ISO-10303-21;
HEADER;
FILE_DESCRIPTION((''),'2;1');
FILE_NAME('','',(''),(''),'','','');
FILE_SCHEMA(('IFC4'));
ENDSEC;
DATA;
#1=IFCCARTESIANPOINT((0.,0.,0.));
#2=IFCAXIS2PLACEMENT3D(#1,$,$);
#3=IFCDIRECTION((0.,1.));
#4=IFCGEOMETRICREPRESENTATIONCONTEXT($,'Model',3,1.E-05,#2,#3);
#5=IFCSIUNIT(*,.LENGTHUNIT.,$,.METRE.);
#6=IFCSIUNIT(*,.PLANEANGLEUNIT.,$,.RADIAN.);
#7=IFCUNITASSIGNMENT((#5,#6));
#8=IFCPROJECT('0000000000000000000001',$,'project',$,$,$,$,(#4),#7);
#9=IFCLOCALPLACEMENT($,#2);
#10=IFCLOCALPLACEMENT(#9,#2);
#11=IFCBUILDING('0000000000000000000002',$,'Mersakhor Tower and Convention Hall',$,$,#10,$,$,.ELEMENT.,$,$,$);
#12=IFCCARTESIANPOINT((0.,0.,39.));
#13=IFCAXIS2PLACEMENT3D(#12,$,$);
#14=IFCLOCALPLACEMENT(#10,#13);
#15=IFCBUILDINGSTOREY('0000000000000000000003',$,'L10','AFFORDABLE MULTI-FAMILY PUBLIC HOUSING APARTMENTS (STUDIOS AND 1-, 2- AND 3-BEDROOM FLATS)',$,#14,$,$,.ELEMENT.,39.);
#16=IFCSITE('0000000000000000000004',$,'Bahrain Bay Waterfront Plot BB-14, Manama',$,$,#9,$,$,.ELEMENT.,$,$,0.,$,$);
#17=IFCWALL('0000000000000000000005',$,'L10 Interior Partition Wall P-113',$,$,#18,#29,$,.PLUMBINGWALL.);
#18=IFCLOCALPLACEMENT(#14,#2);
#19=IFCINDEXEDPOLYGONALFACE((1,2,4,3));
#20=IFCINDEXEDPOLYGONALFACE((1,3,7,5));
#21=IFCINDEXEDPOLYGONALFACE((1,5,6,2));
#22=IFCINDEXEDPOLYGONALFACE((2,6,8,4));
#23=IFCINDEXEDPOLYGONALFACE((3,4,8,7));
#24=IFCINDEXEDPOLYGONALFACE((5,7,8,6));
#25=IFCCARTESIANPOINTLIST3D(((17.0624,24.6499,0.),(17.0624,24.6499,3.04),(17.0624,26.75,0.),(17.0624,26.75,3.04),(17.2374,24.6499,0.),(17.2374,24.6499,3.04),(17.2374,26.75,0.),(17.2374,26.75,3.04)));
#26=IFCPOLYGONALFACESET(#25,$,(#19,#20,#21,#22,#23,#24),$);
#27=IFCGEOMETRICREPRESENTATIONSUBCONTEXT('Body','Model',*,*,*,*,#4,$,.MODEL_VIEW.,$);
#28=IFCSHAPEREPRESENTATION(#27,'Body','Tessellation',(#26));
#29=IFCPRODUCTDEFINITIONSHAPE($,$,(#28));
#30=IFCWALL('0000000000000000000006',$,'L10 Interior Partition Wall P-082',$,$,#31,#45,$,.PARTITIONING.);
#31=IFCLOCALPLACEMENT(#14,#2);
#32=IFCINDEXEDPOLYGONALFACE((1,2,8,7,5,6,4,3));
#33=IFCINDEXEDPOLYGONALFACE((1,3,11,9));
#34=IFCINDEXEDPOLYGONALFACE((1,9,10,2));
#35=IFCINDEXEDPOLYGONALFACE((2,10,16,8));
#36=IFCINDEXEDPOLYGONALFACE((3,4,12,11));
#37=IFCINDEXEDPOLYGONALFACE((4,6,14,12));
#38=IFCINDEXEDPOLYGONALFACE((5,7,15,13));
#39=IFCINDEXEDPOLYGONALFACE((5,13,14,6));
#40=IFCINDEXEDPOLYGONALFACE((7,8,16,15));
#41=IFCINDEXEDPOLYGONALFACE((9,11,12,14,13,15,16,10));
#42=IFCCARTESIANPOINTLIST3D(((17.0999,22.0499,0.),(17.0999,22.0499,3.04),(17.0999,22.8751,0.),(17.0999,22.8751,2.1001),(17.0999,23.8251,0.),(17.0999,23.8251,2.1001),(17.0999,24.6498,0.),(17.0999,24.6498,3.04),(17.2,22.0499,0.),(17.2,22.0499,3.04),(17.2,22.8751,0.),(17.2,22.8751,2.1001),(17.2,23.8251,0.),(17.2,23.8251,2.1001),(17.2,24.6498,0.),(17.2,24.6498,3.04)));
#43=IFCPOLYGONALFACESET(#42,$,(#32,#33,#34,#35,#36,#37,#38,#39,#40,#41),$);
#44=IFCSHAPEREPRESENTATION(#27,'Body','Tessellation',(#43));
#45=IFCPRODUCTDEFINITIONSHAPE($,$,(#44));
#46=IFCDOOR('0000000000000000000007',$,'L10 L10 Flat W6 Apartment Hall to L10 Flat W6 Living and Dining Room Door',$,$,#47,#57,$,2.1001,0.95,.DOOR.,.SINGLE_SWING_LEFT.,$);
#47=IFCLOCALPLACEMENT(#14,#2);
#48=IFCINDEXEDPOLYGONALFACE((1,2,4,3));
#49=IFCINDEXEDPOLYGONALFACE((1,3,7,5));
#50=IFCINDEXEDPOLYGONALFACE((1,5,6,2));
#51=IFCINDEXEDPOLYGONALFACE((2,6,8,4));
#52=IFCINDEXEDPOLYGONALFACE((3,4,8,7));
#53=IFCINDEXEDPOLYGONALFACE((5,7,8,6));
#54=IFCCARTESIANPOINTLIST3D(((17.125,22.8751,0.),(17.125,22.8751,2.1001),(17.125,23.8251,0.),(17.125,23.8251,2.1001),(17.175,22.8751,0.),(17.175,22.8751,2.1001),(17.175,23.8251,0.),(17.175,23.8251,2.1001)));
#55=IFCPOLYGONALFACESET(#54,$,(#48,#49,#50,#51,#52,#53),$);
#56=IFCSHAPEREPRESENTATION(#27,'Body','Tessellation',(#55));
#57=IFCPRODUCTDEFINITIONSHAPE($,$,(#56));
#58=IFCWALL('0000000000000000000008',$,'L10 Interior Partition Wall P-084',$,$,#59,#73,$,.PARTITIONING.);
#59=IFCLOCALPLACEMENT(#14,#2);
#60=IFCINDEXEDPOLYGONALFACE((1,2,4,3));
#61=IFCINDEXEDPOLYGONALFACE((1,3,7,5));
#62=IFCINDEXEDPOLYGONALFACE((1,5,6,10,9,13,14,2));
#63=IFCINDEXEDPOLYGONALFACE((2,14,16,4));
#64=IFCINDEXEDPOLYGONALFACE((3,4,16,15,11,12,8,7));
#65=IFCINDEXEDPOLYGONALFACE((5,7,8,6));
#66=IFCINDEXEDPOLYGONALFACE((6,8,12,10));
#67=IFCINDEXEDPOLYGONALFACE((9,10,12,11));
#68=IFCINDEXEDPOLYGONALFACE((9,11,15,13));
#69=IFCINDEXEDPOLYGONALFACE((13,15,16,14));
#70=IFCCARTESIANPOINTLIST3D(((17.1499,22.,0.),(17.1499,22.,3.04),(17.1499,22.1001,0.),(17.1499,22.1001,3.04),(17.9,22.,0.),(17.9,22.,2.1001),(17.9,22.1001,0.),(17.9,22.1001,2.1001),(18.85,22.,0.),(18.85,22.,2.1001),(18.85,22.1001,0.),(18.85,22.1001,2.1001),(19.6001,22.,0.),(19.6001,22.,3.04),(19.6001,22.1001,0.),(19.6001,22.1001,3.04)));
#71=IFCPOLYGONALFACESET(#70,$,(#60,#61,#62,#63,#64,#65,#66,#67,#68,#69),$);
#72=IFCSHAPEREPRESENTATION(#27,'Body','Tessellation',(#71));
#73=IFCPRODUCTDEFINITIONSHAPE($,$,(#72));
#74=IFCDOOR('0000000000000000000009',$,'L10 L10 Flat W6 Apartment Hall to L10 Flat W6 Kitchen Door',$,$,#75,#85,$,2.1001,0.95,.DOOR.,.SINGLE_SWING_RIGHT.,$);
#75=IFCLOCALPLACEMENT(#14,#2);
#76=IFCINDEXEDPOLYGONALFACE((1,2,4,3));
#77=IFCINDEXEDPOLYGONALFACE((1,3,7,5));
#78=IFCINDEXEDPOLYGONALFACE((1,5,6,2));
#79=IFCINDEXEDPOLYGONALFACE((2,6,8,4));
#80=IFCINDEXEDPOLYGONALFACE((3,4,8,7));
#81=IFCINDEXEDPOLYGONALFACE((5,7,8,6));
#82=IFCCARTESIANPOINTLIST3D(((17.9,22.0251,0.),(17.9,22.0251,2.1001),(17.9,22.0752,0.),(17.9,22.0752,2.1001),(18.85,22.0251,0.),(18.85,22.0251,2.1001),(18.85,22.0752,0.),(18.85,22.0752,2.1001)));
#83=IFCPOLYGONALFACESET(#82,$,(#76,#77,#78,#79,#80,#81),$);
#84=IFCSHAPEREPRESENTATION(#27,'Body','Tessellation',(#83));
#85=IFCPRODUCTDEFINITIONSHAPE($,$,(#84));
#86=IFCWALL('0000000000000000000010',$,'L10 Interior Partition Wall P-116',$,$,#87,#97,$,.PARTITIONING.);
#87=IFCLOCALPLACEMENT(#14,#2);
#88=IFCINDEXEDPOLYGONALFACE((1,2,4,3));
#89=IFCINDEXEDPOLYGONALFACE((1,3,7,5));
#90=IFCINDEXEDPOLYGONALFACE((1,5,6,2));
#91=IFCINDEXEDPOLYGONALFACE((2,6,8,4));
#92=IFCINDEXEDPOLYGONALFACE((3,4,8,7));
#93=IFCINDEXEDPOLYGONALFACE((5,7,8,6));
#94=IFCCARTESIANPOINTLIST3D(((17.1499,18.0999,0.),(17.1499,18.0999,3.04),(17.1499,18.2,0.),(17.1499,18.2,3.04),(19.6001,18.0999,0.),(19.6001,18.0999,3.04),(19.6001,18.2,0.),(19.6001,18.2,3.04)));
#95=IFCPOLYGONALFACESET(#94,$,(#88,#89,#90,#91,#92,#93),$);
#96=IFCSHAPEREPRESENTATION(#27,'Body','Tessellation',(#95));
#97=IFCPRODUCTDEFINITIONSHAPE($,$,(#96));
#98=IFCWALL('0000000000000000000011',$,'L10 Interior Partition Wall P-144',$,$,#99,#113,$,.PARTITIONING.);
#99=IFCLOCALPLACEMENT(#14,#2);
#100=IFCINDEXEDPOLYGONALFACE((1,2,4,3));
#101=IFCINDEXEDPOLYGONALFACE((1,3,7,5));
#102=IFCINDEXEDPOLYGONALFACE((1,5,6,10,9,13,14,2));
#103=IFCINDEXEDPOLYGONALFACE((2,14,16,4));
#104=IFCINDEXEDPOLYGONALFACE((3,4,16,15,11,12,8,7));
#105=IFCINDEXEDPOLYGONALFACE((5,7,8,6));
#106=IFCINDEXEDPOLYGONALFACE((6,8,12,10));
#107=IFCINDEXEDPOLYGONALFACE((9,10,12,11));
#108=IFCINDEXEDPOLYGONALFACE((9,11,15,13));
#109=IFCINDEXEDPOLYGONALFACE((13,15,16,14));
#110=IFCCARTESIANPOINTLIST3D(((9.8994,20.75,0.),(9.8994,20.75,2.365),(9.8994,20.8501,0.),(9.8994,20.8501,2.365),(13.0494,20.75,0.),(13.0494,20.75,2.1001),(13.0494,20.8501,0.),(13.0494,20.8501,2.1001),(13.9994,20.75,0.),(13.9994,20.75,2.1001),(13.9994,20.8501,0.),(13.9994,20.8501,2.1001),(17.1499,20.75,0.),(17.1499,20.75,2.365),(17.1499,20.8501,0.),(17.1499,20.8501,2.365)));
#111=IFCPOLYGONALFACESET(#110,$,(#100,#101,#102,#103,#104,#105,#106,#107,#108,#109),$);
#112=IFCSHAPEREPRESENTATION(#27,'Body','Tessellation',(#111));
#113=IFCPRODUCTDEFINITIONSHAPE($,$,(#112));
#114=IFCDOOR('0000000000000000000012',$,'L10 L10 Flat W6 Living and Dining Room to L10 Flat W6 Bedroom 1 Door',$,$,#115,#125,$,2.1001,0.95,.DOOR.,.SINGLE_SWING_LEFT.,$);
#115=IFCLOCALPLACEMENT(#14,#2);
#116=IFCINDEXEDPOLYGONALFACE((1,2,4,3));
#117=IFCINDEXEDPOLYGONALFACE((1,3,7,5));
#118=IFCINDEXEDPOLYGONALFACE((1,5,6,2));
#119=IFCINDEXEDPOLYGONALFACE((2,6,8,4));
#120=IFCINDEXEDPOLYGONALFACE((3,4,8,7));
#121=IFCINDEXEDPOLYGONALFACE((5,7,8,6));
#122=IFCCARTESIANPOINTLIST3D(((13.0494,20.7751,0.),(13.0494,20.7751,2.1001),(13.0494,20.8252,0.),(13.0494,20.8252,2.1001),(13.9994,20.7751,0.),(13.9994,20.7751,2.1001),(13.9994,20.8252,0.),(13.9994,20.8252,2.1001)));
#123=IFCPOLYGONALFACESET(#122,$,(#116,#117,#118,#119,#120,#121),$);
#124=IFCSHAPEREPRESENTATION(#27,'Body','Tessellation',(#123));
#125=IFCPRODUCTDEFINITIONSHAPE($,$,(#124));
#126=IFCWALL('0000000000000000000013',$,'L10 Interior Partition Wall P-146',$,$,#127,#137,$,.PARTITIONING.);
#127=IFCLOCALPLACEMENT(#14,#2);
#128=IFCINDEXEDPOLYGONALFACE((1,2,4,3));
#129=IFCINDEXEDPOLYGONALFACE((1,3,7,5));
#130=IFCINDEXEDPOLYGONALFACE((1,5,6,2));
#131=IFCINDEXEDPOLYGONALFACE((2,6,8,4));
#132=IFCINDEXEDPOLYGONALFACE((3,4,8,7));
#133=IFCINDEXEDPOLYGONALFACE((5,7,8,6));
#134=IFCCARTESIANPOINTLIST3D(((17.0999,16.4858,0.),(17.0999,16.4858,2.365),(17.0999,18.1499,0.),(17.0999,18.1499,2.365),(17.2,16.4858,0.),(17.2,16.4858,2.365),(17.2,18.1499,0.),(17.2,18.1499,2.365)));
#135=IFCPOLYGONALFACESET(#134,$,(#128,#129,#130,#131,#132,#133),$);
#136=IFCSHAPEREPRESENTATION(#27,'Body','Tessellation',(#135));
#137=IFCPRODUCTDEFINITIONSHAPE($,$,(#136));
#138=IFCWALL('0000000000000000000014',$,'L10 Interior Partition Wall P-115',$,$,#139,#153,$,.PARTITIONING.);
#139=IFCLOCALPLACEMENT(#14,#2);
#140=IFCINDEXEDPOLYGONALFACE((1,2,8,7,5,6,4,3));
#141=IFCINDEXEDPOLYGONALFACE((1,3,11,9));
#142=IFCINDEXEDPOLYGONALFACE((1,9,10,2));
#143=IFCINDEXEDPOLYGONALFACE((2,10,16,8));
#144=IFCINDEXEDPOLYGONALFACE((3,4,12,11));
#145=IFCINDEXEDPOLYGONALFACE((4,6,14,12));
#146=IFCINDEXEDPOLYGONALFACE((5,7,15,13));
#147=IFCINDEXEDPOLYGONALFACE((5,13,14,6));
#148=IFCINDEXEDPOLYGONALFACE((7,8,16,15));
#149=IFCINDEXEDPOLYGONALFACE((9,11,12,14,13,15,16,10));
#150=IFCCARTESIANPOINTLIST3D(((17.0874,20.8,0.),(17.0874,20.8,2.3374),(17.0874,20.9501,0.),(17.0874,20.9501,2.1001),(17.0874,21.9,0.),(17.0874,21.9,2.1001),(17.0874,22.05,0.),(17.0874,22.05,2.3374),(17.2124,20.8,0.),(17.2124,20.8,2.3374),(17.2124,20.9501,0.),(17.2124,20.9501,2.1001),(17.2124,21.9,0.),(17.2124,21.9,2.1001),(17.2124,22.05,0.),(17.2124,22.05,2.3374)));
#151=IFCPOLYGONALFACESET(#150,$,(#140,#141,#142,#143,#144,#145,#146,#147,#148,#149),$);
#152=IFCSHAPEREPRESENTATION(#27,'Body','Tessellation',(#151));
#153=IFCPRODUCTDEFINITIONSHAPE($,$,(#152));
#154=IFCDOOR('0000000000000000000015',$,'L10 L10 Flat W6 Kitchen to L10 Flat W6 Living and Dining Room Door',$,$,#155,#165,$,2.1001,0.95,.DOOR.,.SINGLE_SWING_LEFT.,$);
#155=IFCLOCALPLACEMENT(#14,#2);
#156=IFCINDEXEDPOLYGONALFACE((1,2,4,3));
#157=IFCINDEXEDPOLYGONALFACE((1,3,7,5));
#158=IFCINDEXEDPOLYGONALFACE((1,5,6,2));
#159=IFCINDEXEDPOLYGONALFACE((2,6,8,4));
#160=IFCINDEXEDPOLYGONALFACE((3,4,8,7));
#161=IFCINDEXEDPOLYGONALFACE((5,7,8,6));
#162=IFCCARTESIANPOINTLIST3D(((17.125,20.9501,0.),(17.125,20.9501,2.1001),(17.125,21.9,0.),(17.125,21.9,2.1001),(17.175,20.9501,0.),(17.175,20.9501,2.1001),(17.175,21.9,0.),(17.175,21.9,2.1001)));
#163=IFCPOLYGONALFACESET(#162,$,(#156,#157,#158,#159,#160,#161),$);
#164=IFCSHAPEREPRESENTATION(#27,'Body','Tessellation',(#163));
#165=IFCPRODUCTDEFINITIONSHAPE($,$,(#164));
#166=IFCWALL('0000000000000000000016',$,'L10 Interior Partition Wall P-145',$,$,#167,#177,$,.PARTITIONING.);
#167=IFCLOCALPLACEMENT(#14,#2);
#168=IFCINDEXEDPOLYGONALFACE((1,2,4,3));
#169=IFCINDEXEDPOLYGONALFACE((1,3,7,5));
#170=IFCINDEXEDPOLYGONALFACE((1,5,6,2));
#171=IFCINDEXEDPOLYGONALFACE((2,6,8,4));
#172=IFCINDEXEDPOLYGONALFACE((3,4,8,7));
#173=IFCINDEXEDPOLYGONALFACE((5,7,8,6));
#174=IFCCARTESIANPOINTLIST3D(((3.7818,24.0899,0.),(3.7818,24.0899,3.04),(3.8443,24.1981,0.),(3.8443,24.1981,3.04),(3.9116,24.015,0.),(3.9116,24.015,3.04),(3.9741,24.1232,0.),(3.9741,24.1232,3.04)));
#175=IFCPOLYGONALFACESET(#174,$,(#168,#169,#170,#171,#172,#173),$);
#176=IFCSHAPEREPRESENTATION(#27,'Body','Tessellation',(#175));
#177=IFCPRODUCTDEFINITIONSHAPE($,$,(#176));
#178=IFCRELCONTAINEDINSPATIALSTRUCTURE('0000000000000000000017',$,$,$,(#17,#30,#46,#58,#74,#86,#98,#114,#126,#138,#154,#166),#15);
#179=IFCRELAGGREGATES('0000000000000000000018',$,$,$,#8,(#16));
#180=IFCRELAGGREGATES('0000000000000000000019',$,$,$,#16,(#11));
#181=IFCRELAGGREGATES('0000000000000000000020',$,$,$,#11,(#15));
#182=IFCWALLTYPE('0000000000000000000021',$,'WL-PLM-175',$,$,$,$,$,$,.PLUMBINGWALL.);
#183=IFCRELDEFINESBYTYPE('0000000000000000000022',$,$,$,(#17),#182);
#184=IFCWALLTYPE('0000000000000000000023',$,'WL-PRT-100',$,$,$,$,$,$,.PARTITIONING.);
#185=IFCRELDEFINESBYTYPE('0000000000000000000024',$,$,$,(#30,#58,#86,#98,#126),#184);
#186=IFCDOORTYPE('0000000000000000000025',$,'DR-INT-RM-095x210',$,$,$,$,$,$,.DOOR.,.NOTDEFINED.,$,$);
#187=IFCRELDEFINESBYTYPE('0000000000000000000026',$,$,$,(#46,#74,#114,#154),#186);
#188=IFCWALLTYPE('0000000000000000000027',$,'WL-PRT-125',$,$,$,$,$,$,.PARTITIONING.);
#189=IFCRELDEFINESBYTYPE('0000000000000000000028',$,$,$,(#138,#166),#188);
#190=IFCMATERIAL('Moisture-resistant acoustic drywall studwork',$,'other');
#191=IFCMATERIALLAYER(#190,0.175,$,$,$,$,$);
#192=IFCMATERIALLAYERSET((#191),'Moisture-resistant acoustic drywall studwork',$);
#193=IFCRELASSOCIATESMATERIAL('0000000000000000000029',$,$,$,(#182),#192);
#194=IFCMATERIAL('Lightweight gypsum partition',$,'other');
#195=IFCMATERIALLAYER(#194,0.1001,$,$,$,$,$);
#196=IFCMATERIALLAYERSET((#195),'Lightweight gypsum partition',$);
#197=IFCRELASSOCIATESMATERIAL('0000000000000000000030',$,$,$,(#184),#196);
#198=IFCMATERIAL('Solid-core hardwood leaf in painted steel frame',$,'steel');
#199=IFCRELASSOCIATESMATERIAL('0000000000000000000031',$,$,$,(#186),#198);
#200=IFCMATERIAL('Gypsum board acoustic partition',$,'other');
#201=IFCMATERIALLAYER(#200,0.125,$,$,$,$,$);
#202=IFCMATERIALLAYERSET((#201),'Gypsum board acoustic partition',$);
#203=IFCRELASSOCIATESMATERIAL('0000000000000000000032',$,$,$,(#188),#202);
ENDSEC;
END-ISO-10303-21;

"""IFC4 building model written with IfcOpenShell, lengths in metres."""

from ifc_helpers import new_model, si_unit, direction, frame, frame_2d, origin, place, context, subcontext, project, spatial, rectangle, extrude, material, layer, layer_set, type_object, element, fill, save


model = new_model("IFC4")

# Units and contexts
model_context = context("Model", 3, precision=1e-05, world=origin(), true_north=direction((0.0, 1.0)))
body_context = subcontext(model_context, "Body", "Model", "MODEL_VIEW")
ifc_project = project(units=[si_unit("LENGTHUNIT", "METRE"), si_unit("PLANEANGLEUNIT", "RADIAN")], contexts=[model_context])

# Site, building, storey
site_placement = place(None, origin())
site = spatial("IfcSite", under=ifc_project, at=site_placement, Name="Bahrain Bay Waterfront Plot BB-14, Manama", CompositionType="ELEMENT", RefElevation=0.0)
building_placement = place(site_placement, origin())
building = spatial("IfcBuilding", under=site, at=building_placement, Name="Mersakhor Tower and Convention Hall", CompositionType="ELEMENT")
storey_placement = place(building_placement, frame((0.0, 0.0, 39.0)))
storey = spatial("IfcBuildingStorey", under=building, at=storey_placement, Name="L10", Description="AFFORDABLE MULTI-FAMILY PUBLIC HOUSING APARTMENTS (STUDIOS AND 1-, 2- AND 3-BEDROOM FLATS)", CompositionType="ELEMENT", Elevation=39.0)

# Shared definitions
ifc_material_1 = material(Name="Moisture-resistant acoustic drywall studwork", Category="other")
ifc_layer_1 = layer(ifc_material_1, 0.175)
ifc_layer_set_1 = layer_set([ifc_layer_1], Name="Moisture-resistant acoustic drywall studwork")
wall_type_1 = type_object("IfcWallType", Name="WL-PLM-175", PredefinedType="PLUMBINGWALL", material=ifc_layer_set_1)

# Wall
wall_1_placement = place(storey_placement, frame((17.1499, 24.6499, 0.0), z_axis=(0.0, 0.0, 1.0), x_axis=(0.0, 1.0, 0.0)))
element("IfcWall", 1, at=wall_1_placement, inside=storey, type_object=wall_type_1, Name="L10 Interior Partition Wall P-113", PredefinedType="PLUMBINGWALL", context=body_context, shape_type="SweptSolid", body=[
    extrude(rectangle(XDim=2.1001, YDim=0.175, at=frame_2d((1.05, 0.0))), origin(), (0.0, 0.0, 1.0), 3.04),
])

# Walls, openings, doors
ifc_material_2 = material(Name="Lightweight gypsum partition", Category="other")
ifc_layer_2 = layer(ifc_material_2, 0.1001)
ifc_layer_set_2 = layer_set([ifc_layer_2], Name="Lightweight gypsum partition")
wall_type_2 = type_object("IfcWallType", Name="WL-PRT-100", PredefinedType="PARTITIONING", material=ifc_layer_set_2)
wall_2_placement = place(storey_placement, frame((17.1499, 22.05, 0.0), z_axis=(0.0, 0.0, 1.0), x_axis=(0.0, 1.0, 0.0)))
wall_2 = element("IfcWall", 2, at=wall_2_placement, inside=storey, type_object=wall_type_2, Name="L10 Interior Partition Wall P-082", PredefinedType="PARTITIONING", context=body_context, shape_type="SweptSolid", body=[
    extrude(rectangle(XDim=2.5999, YDim=0.1001, at=frame_2d((1.2998, 0.0))), origin(), (0.0, 0.0, 1.0), 3.04),
])
opening_1_placement = place(wall_2_placement, frame((0.825, 0.0, 0.0)))
opening_1 = element("IfcOpeningElement", 3, at=opening_1_placement, cuts=wall_2, PredefinedType="OPENING", context=body_context, shape_type="SweptSolid", body=[
    extrude(rectangle(XDim=0.95, YDim=2.1001, at=frame_2d((0.4751, 1.05))), frame((0.0, 0.0601, 0.0), z_axis=(0.0, -1.0, 0.0), x_axis=(1.0, 0.0, 0.0)), (0.0, 0.0, 1.0), 0.1201),
])
ifc_material_3 = material(Name="Solid-core hardwood leaf in painted steel frame", Category="steel")
door_type_1 = type_object("IfcDoorType", Name="DR-INT-RM-095x210", OperationType="NOTDEFINED", PredefinedType="DOOR", material=ifc_material_3)
door_1_placement = place(opening_1_placement, origin())
door_1 = element("IfcDoor", 4, at=door_1_placement, inside=storey, type_object=door_type_1, Name="L10 L10 Flat W6 Apartment Hall to L10 Flat W6 Living and Dining Room Door", OperationType="SINGLE_SWING_LEFT", OverallHeight=2.1001, OverallWidth=0.95, PredefinedType="DOOR", context=body_context, shape_type="SweptSolid", body=[
    extrude(rectangle(XDim=0.95, YDim=2.1001, at=frame_2d((0.4751, 1.05))), frame((0.0, 0.0249, 0.0), z_axis=(0.0, -1.0, 0.0), x_axis=(1.0, 0.0, 0.0)), (0.0, 0.0, 1.0), 0.05),
])
fill(opening_1, door_1)
wall_3_placement = place(storey_placement, frame((19.6001, 22.05, 0.0), z_axis=(0.0, 0.0, 1.0), x_axis=(-1.0, 0.0, 0.0)))
wall_3 = element("IfcWall", 5, at=wall_3_placement, inside=storey, type_object=wall_type_2, Name="L10 Interior Partition Wall P-084", PredefinedType="PARTITIONING", context=body_context, shape_type="SweptSolid", body=[
    extrude(rectangle(XDim=2.4502, YDim=0.1001, at=frame_2d((1.2251, 0.0))), origin(), (0.0, 0.0, 1.0), 3.04),
])
opening_2_placement = place(wall_3_placement, frame((0.75, 0.0, 0.0)))
opening_2 = element("IfcOpeningElement", 6, at=opening_2_placement, cuts=wall_3, PredefinedType="OPENING", context=body_context, shape_type="SweptSolid", body=[
    extrude(rectangle(XDim=0.95, YDim=2.1001, at=frame_2d((0.4751, 1.05))), frame((0.0, 0.0601, 0.0), z_axis=(0.0, -1.0, 0.0), x_axis=(1.0, 0.0, 0.0)), (0.0, 0.0, 1.0), 0.1201),
])
door_2_placement = place(opening_2_placement, origin())
door_2 = element("IfcDoor", 7, at=door_2_placement, inside=storey, type_object=door_type_1, Name="L10 L10 Flat W6 Apartment Hall to L10 Flat W6 Kitchen Door", OperationType="SINGLE_SWING_RIGHT", OverallHeight=2.1001, OverallWidth=0.95, PredefinedType="DOOR", context=body_context, shape_type="SweptSolid", body=[
    extrude(rectangle(XDim=0.95, YDim=2.1001, at=frame_2d((0.4751, 1.05))), frame((0.0, 0.0249, 0.0), z_axis=(0.0, -1.0, 0.0), x_axis=(1.0, 0.0, 0.0)), (0.0, 0.0, 1.0), 0.05),
])
fill(opening_2, door_2)

# Wall
wall_4_placement = place(storey_placement, frame((19.6001, 18.1499, 0.0), z_axis=(0.0, 0.0, 1.0), x_axis=(-1.0, 0.0, 0.0)))
element("IfcWall", 8, at=wall_4_placement, inside=storey, type_object=wall_type_2, Name="L10 Interior Partition Wall P-116", PredefinedType="PARTITIONING", context=body_context, shape_type="SweptSolid", body=[
    extrude(rectangle(XDim=2.4502, YDim=0.1001, at=frame_2d((1.2251, 0.0))), origin(), (0.0, 0.0, 1.0), 3.04),
])

# Wall, opening, door
wall_5_placement = place(storey_placement, frame((17.1499, 20.8, 0.0), z_axis=(0.0, 0.0, 1.0), x_axis=(-1.0, 0.0, 0.0)))
wall_5 = element("IfcWall", 9, at=wall_5_placement, inside=storey, type_object=wall_type_2, Name="L10 Interior Partition Wall P-144", PredefinedType="PARTITIONING", context=body_context, shape_type="SweptSolid", body=[
    extrude(rectangle(XDim=7.2505, YDim=0.1001, at=frame_2d((3.6252, 0.0))), origin(), (0.0, 0.0, 1.0), 2.365),
])
opening_3_placement = place(wall_5_placement, frame((3.1504, 0.0, 0.0)))
opening_3 = element("IfcOpeningElement", 10, at=opening_3_placement, cuts=wall_5, PredefinedType="OPENING", context=body_context, shape_type="SweptSolid", body=[
    extrude(rectangle(XDim=0.95, YDim=2.1001, at=frame_2d((0.4751, 1.05))), frame((0.0, 0.0601, 0.0), z_axis=(0.0, -1.0, 0.0), x_axis=(1.0, 0.0, 0.0)), (0.0, 0.0, 1.0), 0.1201),
])
door_3_placement = place(opening_3_placement, origin())
door_3 = element("IfcDoor", 11, at=door_3_placement, inside=storey, type_object=door_type_1, Name="L10 L10 Flat W6 Living and Dining Room to L10 Flat W6 Bedroom 1 Door", OperationType="SINGLE_SWING_LEFT", OverallHeight=2.1001, OverallWidth=0.95, PredefinedType="DOOR", context=body_context, shape_type="SweptSolid", body=[
    extrude(rectangle(XDim=0.95, YDim=2.1001, at=frame_2d((0.4751, 1.05))), frame((0.0, 0.0249, 0.0), z_axis=(0.0, -1.0, 0.0), x_axis=(1.0, 0.0, 0.0)), (0.0, 0.0, 1.0), 0.05),
])
fill(opening_3, door_3)

# Wall
wall_6_placement = place(storey_placement, frame((17.1499, 18.1499, 0.0), z_axis=(0.0, 0.0, 1.0), x_axis=(0.0, -1.0, 0.0)))
element("IfcWall", 12, at=wall_6_placement, inside=storey, type_object=wall_type_2, Name="L10 Interior Partition Wall P-146", PredefinedType="PARTITIONING", context=body_context, shape_type="SweptSolid", body=[
    extrude(rectangle(XDim=1.6641, YDim=0.1001, at=frame_2d((0.832, 0.0))), origin(), (0.0, 0.0, 1.0), 2.365),
])

# Wall, opening, door
ifc_material_4 = material(Name="Gypsum board acoustic partition", Category="other")
ifc_layer_3 = layer(ifc_material_4, 0.125)
ifc_layer_set_3 = layer_set([ifc_layer_3], Name="Gypsum board acoustic partition")
wall_type_3 = type_object("IfcWallType", Name="WL-PRT-125", PredefinedType="PARTITIONING", material=ifc_layer_set_3)
wall_7_placement = place(storey_placement, frame((17.1499, 20.8, 0.0), z_axis=(0.0, 0.0, 1.0), x_axis=(0.0, 1.0, 0.0)))
wall_7 = element("IfcWall", 13, at=wall_7_placement, inside=storey, type_object=wall_type_3, Name="L10 Interior Partition Wall P-115", PredefinedType="PARTITIONING", context=body_context, shape_type="SweptSolid", body=[
    extrude(rectangle(XDim=1.25, YDim=0.125, at=frame_2d((0.625, 0.0))), origin(), (0.0, 0.0, 1.0), 2.3374),
])
opening_4_placement = place(wall_7_placement, frame((0.1499, 0.0, 0.0)))
opening_4 = element("IfcOpeningElement", 14, at=opening_4_placement, cuts=wall_7, PredefinedType="OPENING", context=body_context, shape_type="SweptSolid", body=[
    extrude(rectangle(XDim=0.95, YDim=2.1001, at=frame_2d((0.4751, 1.05))), frame((0.0, 0.0725, 0.0), z_axis=(0.0, -1.0, 0.0), x_axis=(1.0, 0.0, 0.0)), (0.0, 0.0, 1.0), 0.145),
])
door_4_placement = place(opening_4_placement, origin())
door_4 = element("IfcDoor", 15, at=door_4_placement, inside=storey, type_object=door_type_1, Name="L10 L10 Flat W6 Kitchen to L10 Flat W6 Living and Dining Room Door", OperationType="SINGLE_SWING_LEFT", OverallHeight=2.1001, OverallWidth=0.95, PredefinedType="DOOR", context=body_context, shape_type="SweptSolid", body=[
    extrude(rectangle(XDim=0.95, YDim=2.1001, at=frame_2d((0.4751, 1.05))), frame((0.0, 0.0249, 0.0), z_axis=(0.0, -1.0, 0.0), x_axis=(1.0, 0.0, 0.0)), (0.0, 0.0, 1.0), 0.05),
])
fill(opening_4, door_4)

# Wall
wall_8_placement = place(storey_placement, frame((3.9429, 24.0691, 0.0), z_axis=(0.0, 0.0, 1.0), x_axis=(-0.866131, 0.499816, 0.0)))
element("IfcWall", 16, at=wall_8_placement, inside=storey, type_object=wall_type_3, Name="L10 Interior Partition Wall P-145", PredefinedType="PARTITIONING", context=body_context, shape_type="SweptSolid", body=[
    extrude(rectangle(XDim=0.1499, YDim=0.125, at=frame_2d((0.075, 0.0))), origin(), (0.0, 0.0, 1.0), 3.04),
])

save(model, "model.ifc")
